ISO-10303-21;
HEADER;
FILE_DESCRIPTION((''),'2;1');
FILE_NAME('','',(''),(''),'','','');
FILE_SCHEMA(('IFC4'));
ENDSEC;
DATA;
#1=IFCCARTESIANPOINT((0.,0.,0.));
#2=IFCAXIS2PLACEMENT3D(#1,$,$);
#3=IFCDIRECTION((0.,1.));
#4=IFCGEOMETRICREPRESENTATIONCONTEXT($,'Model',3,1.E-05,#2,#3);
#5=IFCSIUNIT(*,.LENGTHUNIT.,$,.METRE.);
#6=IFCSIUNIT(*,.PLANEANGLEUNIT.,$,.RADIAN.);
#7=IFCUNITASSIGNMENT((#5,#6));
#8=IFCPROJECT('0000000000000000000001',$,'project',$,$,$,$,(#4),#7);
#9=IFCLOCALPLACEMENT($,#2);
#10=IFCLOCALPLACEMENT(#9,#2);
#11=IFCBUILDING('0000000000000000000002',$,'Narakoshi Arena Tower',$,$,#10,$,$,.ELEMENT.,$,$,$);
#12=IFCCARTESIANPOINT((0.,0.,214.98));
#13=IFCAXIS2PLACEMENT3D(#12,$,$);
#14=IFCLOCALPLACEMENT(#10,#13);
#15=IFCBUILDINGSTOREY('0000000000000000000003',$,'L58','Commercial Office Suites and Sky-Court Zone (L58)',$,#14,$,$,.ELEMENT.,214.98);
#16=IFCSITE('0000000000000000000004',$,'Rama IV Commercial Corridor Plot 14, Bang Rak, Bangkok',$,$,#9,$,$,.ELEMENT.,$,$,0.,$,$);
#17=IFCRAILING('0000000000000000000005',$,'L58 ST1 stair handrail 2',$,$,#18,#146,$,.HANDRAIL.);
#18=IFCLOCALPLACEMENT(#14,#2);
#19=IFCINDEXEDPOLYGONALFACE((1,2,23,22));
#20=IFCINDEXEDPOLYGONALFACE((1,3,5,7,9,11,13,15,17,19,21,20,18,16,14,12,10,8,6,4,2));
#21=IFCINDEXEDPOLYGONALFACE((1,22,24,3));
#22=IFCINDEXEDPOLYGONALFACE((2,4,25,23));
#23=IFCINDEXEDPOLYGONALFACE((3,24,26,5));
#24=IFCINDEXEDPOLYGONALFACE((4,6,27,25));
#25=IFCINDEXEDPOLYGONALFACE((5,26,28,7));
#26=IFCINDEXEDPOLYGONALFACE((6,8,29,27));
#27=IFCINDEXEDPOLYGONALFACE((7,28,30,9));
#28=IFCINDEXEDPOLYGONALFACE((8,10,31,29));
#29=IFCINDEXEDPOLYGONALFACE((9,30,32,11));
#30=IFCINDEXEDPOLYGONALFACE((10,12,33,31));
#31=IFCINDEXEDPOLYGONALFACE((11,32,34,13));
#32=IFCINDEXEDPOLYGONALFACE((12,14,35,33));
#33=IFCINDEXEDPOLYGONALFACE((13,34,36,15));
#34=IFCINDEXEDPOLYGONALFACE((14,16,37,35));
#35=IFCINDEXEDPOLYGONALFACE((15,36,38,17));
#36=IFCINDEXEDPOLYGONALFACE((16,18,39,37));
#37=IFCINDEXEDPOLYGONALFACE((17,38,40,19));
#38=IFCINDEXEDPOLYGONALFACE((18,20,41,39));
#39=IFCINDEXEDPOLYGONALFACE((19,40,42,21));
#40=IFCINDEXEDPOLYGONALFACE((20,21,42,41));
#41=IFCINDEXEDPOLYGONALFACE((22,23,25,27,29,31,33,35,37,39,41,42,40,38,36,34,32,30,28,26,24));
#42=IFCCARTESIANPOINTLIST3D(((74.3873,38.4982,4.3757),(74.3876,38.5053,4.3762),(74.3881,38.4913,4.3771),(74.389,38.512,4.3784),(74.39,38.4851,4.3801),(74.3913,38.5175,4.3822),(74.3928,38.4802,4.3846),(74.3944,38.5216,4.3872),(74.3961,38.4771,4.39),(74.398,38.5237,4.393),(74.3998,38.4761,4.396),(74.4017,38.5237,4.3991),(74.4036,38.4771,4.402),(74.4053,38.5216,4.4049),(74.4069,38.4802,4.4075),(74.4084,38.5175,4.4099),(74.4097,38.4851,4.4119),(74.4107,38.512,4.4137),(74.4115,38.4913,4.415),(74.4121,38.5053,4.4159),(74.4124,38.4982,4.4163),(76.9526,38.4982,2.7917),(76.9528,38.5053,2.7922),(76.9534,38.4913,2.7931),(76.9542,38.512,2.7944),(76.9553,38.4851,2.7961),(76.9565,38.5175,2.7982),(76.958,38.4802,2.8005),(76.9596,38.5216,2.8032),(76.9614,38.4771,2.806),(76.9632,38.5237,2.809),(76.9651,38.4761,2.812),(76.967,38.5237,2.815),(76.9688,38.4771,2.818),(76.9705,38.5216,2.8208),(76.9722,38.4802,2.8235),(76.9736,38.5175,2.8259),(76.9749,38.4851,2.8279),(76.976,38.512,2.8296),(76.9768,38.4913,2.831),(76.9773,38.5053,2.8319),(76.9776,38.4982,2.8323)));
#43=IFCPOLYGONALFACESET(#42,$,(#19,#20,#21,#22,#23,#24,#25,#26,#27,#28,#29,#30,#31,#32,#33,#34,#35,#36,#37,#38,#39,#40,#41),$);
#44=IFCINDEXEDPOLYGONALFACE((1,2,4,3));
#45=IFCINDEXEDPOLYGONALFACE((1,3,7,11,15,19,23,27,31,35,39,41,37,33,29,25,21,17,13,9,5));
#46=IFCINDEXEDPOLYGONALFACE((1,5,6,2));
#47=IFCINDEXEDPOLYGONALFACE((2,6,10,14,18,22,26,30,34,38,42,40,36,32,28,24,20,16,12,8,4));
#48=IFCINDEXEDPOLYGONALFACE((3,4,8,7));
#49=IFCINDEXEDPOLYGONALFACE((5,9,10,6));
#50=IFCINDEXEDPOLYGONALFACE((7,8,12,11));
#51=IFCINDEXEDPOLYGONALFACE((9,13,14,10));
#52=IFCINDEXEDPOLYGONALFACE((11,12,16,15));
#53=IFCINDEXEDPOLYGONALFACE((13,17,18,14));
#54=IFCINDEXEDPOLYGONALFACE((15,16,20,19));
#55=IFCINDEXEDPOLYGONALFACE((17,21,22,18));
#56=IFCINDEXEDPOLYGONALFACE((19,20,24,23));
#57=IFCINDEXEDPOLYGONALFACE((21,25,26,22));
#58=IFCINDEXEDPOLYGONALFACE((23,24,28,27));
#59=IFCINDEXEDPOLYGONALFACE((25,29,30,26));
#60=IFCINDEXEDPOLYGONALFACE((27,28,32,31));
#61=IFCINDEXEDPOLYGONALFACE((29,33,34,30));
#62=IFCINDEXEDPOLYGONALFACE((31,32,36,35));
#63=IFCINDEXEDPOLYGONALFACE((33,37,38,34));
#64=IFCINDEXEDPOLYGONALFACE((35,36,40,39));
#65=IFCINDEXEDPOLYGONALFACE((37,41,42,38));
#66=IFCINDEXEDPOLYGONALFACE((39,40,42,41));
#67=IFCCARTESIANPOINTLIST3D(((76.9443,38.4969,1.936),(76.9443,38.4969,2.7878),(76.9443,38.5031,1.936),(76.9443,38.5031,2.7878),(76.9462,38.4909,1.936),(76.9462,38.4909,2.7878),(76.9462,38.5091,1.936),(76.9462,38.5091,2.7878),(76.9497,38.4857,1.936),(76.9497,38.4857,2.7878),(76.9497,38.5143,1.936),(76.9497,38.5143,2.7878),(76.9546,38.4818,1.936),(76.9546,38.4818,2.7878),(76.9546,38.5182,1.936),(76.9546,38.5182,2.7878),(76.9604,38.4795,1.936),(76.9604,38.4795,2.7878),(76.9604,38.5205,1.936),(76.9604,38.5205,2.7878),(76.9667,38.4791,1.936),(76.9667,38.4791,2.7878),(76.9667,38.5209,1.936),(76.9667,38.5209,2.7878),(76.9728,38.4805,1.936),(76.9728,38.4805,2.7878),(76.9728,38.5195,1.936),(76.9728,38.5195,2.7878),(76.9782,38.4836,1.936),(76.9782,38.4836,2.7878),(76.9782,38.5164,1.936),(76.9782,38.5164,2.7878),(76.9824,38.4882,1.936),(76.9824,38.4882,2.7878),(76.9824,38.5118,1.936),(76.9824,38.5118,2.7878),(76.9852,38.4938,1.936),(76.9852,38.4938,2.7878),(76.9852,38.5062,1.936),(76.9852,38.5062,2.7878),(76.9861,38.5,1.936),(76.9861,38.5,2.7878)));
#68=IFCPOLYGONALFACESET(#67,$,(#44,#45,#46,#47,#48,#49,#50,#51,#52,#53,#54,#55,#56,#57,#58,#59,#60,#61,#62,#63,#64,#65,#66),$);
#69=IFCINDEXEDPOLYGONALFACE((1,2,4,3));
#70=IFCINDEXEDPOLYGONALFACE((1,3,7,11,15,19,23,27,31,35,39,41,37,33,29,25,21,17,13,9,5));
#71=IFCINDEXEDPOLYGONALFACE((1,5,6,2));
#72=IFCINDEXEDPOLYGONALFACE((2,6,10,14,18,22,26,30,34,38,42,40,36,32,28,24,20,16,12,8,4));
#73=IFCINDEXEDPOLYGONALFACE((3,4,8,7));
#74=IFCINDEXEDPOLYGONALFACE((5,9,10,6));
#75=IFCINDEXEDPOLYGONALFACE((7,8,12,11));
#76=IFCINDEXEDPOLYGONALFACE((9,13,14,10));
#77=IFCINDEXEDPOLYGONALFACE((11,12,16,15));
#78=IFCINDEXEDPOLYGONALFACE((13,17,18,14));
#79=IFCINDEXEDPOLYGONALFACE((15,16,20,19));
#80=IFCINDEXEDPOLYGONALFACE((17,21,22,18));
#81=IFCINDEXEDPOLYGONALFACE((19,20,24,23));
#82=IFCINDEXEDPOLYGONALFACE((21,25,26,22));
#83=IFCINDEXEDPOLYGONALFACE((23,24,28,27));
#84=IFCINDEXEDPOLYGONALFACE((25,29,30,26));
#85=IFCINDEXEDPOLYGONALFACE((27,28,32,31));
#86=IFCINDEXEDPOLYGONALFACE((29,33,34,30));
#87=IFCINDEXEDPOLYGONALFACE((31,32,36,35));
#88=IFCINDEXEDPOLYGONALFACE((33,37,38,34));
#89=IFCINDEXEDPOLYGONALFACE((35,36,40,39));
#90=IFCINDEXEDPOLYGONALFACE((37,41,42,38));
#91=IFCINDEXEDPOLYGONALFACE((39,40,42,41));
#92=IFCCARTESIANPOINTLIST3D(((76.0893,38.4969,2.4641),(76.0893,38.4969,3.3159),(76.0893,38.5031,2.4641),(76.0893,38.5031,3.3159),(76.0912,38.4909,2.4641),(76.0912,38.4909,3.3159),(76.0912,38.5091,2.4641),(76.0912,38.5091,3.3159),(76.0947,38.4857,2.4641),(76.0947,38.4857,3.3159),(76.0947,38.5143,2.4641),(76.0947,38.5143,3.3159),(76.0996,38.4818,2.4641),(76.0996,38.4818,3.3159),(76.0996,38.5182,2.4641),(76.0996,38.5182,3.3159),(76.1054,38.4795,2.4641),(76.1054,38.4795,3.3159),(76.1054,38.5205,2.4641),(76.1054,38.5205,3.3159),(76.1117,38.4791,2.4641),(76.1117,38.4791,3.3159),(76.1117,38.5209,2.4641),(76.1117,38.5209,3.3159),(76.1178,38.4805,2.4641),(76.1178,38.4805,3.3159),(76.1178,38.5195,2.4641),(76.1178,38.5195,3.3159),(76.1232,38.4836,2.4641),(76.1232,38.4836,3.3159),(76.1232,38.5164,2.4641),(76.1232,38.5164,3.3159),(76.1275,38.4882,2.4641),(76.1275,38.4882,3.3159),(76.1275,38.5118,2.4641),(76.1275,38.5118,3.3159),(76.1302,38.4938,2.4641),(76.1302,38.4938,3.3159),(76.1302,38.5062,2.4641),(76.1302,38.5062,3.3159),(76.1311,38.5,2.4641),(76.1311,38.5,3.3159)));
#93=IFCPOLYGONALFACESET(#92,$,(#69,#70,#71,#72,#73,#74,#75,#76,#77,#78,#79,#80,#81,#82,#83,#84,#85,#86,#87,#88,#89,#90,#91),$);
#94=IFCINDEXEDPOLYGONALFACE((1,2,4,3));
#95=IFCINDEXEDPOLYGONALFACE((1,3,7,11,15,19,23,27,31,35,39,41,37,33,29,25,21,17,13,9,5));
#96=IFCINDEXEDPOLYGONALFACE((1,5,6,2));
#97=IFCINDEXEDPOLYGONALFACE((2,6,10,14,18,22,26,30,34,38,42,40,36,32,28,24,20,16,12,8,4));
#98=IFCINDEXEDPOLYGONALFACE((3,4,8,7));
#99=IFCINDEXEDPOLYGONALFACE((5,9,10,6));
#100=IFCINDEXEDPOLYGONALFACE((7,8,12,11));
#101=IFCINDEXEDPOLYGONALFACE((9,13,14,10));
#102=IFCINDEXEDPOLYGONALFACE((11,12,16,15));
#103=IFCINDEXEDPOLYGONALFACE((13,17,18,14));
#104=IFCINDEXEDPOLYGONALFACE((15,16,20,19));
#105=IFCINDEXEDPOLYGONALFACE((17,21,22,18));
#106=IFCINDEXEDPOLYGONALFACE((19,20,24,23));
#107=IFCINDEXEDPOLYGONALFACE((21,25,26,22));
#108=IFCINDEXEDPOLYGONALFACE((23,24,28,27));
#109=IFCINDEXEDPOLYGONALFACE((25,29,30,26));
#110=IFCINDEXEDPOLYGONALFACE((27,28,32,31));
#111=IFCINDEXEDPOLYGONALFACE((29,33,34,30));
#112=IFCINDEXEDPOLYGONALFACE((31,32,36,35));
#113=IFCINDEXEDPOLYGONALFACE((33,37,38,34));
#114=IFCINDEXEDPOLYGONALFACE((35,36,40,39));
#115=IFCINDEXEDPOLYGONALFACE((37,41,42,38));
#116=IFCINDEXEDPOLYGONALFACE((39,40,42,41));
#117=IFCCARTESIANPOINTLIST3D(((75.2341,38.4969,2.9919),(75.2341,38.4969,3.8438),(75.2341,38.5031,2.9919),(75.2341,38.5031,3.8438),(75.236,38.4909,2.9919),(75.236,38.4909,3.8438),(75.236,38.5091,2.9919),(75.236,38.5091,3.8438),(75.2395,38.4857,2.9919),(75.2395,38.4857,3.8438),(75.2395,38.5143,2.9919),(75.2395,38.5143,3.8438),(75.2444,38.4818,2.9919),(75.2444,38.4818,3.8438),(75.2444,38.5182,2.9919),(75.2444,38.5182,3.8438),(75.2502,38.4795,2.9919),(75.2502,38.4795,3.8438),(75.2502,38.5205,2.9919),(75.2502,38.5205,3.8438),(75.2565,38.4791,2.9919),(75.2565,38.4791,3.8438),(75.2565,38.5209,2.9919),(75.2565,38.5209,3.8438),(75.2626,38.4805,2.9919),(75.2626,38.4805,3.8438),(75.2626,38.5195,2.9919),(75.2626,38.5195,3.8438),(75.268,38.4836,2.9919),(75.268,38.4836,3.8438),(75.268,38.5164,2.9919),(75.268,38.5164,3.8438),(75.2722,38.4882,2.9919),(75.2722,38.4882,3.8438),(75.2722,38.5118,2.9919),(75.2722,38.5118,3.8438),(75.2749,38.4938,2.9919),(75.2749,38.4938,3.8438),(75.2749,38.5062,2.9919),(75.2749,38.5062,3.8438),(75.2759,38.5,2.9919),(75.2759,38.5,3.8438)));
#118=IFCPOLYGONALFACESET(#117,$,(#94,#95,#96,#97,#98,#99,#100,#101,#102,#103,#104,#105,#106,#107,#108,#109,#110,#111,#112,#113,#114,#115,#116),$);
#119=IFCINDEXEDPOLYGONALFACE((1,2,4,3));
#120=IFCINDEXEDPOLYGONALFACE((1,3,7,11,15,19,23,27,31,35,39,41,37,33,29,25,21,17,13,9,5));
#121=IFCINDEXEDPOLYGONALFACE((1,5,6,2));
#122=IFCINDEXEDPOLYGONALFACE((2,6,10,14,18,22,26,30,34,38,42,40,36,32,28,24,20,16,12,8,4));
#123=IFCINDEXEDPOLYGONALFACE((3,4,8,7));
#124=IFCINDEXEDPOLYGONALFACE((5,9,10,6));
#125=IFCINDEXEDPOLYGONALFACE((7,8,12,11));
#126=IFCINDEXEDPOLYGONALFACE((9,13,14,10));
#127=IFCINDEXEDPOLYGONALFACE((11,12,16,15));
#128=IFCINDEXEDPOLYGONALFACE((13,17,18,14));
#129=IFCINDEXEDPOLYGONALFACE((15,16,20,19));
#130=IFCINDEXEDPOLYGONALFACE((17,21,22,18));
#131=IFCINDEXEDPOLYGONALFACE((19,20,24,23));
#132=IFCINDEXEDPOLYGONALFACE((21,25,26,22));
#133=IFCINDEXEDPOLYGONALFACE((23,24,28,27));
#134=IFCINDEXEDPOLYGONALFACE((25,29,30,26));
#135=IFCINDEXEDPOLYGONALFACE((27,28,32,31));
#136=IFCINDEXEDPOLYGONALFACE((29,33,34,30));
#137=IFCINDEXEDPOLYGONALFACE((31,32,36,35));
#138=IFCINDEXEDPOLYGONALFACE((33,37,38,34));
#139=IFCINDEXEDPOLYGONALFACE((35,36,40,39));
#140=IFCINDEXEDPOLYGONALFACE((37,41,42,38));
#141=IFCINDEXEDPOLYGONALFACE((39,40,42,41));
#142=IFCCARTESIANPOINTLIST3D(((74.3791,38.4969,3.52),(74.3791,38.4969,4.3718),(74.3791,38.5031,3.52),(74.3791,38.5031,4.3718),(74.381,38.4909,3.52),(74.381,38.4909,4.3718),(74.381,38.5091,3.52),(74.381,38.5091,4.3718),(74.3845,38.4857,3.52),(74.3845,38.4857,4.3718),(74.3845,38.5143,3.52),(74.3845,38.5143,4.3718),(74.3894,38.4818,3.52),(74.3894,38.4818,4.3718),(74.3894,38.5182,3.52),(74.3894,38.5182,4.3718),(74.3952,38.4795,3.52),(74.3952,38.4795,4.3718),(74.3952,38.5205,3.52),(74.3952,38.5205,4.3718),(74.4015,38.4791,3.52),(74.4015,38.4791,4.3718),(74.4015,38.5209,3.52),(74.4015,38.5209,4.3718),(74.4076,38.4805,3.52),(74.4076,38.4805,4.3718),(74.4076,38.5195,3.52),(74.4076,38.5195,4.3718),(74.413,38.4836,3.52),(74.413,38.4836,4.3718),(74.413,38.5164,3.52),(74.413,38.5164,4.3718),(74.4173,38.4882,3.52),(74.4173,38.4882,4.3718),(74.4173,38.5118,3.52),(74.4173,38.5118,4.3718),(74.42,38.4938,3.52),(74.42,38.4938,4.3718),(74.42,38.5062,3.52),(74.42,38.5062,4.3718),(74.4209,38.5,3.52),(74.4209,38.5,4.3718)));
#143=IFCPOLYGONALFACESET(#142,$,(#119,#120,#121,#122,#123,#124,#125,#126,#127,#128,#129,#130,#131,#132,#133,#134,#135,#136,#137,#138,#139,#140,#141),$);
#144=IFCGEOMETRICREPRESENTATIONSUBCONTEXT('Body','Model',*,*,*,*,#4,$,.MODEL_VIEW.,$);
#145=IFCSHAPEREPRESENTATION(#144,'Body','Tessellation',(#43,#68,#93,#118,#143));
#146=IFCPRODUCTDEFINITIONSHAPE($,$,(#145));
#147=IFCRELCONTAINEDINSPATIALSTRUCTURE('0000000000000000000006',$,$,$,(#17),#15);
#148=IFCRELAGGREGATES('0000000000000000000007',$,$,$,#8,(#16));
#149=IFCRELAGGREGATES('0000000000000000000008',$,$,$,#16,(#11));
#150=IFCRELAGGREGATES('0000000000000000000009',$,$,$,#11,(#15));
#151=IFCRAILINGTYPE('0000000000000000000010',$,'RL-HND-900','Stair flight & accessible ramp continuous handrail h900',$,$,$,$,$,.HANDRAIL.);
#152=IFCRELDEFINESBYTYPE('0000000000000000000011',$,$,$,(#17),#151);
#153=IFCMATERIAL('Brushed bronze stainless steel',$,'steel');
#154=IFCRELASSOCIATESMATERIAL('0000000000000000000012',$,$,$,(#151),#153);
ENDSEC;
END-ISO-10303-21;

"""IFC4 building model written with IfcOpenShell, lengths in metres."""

from ifc_helpers import new_model, si_unit, direction, frame, origin, origin_2d, place, context, subcontext, project, spatial, circle, extrude, material, type_object, element, save


model = new_model("IFC4")

# Units and contexts
model_context = context("Model", 3, precision=1e-05, world=origin(), true_north=direction((0.0, 1.0)))
body_context = subcontext(model_context, "Body", "Model", "MODEL_VIEW")
ifc_project = project(units=[si_unit("LENGTHUNIT", "METRE"), si_unit("PLANEANGLEUNIT", "RADIAN")], contexts=[model_context])

# Site, building, storey
site_placement = place(None, origin())
site = spatial("IfcSite", under=ifc_project, at=site_placement, Name="Rama IV Commercial Corridor Plot 14, Bang Rak, Bangkok", CompositionType="ELEMENT", RefElevation=0.0)
building_placement = place(site_placement, origin())
building = spatial("IfcBuilding", under=site, at=building_placement, Name="Narakoshi Arena Tower", CompositionType="ELEMENT")
storey_placement = place(building_placement, frame((0.0, 0.0, 214.98)))
storey = spatial("IfcBuildingStorey", under=building, at=storey_placement, Name="L58", Description="Commercial Office Suites and Sky-Court Zone (L58)", CompositionType="ELEMENT", Elevation=214.98)

# Railing
ifc_material_1 = material(Name="Brushed bronze stainless steel", Category="steel")
railing_type_1 = type_object("IfcRailingType", Name="RL-HND-900", Description="Stair flight & accessible ramp continuous handrail h900", PredefinedType="HANDRAIL", material=ifc_material_1)
railing_1_placement = place(storey_placement, frame((76.9651, 38.5, 1.936)))
element("IfcRailing", 1, at=railing_1_placement, inside=storey, type_object=railing_type_1, Name="L58 ST1 stair handrail 2", PredefinedType="HANDRAIL", context=body_context, shape_type="SweptSolid", body=[
    extrude(circle(Radius=0.0239, at=origin_2d()), frame((0.0, 0.0, 0.876), z_axis=(-0.850857, 0.0, 0.525398), x_axis=(0.0, -1.0, 0.0)), (0.0, 0.0, 1.0), 3.0149),
    extrude(circle(Radius=0.021, at=origin_2d()), origin(), (0.0, 0.0, 1.0), 0.8518),
    extrude(circle(Radius=0.021, at=origin_2d()), frame((-0.855, 0.0, 0.5281)), (0.0, 0.0, 1.0), 0.8518),
    extrude(circle(Radius=0.021, at=origin_2d()), frame((-1.7102, 0.0, 1.0559)), (0.0, 0.0, 1.0), 0.8518),
    extrude(circle(Radius=0.021, at=origin_2d()), frame((-2.5652, 0.0, 1.584)), (0.0, 0.0, 1.0), 0.8518),
])

save(model, "model.ifc")
